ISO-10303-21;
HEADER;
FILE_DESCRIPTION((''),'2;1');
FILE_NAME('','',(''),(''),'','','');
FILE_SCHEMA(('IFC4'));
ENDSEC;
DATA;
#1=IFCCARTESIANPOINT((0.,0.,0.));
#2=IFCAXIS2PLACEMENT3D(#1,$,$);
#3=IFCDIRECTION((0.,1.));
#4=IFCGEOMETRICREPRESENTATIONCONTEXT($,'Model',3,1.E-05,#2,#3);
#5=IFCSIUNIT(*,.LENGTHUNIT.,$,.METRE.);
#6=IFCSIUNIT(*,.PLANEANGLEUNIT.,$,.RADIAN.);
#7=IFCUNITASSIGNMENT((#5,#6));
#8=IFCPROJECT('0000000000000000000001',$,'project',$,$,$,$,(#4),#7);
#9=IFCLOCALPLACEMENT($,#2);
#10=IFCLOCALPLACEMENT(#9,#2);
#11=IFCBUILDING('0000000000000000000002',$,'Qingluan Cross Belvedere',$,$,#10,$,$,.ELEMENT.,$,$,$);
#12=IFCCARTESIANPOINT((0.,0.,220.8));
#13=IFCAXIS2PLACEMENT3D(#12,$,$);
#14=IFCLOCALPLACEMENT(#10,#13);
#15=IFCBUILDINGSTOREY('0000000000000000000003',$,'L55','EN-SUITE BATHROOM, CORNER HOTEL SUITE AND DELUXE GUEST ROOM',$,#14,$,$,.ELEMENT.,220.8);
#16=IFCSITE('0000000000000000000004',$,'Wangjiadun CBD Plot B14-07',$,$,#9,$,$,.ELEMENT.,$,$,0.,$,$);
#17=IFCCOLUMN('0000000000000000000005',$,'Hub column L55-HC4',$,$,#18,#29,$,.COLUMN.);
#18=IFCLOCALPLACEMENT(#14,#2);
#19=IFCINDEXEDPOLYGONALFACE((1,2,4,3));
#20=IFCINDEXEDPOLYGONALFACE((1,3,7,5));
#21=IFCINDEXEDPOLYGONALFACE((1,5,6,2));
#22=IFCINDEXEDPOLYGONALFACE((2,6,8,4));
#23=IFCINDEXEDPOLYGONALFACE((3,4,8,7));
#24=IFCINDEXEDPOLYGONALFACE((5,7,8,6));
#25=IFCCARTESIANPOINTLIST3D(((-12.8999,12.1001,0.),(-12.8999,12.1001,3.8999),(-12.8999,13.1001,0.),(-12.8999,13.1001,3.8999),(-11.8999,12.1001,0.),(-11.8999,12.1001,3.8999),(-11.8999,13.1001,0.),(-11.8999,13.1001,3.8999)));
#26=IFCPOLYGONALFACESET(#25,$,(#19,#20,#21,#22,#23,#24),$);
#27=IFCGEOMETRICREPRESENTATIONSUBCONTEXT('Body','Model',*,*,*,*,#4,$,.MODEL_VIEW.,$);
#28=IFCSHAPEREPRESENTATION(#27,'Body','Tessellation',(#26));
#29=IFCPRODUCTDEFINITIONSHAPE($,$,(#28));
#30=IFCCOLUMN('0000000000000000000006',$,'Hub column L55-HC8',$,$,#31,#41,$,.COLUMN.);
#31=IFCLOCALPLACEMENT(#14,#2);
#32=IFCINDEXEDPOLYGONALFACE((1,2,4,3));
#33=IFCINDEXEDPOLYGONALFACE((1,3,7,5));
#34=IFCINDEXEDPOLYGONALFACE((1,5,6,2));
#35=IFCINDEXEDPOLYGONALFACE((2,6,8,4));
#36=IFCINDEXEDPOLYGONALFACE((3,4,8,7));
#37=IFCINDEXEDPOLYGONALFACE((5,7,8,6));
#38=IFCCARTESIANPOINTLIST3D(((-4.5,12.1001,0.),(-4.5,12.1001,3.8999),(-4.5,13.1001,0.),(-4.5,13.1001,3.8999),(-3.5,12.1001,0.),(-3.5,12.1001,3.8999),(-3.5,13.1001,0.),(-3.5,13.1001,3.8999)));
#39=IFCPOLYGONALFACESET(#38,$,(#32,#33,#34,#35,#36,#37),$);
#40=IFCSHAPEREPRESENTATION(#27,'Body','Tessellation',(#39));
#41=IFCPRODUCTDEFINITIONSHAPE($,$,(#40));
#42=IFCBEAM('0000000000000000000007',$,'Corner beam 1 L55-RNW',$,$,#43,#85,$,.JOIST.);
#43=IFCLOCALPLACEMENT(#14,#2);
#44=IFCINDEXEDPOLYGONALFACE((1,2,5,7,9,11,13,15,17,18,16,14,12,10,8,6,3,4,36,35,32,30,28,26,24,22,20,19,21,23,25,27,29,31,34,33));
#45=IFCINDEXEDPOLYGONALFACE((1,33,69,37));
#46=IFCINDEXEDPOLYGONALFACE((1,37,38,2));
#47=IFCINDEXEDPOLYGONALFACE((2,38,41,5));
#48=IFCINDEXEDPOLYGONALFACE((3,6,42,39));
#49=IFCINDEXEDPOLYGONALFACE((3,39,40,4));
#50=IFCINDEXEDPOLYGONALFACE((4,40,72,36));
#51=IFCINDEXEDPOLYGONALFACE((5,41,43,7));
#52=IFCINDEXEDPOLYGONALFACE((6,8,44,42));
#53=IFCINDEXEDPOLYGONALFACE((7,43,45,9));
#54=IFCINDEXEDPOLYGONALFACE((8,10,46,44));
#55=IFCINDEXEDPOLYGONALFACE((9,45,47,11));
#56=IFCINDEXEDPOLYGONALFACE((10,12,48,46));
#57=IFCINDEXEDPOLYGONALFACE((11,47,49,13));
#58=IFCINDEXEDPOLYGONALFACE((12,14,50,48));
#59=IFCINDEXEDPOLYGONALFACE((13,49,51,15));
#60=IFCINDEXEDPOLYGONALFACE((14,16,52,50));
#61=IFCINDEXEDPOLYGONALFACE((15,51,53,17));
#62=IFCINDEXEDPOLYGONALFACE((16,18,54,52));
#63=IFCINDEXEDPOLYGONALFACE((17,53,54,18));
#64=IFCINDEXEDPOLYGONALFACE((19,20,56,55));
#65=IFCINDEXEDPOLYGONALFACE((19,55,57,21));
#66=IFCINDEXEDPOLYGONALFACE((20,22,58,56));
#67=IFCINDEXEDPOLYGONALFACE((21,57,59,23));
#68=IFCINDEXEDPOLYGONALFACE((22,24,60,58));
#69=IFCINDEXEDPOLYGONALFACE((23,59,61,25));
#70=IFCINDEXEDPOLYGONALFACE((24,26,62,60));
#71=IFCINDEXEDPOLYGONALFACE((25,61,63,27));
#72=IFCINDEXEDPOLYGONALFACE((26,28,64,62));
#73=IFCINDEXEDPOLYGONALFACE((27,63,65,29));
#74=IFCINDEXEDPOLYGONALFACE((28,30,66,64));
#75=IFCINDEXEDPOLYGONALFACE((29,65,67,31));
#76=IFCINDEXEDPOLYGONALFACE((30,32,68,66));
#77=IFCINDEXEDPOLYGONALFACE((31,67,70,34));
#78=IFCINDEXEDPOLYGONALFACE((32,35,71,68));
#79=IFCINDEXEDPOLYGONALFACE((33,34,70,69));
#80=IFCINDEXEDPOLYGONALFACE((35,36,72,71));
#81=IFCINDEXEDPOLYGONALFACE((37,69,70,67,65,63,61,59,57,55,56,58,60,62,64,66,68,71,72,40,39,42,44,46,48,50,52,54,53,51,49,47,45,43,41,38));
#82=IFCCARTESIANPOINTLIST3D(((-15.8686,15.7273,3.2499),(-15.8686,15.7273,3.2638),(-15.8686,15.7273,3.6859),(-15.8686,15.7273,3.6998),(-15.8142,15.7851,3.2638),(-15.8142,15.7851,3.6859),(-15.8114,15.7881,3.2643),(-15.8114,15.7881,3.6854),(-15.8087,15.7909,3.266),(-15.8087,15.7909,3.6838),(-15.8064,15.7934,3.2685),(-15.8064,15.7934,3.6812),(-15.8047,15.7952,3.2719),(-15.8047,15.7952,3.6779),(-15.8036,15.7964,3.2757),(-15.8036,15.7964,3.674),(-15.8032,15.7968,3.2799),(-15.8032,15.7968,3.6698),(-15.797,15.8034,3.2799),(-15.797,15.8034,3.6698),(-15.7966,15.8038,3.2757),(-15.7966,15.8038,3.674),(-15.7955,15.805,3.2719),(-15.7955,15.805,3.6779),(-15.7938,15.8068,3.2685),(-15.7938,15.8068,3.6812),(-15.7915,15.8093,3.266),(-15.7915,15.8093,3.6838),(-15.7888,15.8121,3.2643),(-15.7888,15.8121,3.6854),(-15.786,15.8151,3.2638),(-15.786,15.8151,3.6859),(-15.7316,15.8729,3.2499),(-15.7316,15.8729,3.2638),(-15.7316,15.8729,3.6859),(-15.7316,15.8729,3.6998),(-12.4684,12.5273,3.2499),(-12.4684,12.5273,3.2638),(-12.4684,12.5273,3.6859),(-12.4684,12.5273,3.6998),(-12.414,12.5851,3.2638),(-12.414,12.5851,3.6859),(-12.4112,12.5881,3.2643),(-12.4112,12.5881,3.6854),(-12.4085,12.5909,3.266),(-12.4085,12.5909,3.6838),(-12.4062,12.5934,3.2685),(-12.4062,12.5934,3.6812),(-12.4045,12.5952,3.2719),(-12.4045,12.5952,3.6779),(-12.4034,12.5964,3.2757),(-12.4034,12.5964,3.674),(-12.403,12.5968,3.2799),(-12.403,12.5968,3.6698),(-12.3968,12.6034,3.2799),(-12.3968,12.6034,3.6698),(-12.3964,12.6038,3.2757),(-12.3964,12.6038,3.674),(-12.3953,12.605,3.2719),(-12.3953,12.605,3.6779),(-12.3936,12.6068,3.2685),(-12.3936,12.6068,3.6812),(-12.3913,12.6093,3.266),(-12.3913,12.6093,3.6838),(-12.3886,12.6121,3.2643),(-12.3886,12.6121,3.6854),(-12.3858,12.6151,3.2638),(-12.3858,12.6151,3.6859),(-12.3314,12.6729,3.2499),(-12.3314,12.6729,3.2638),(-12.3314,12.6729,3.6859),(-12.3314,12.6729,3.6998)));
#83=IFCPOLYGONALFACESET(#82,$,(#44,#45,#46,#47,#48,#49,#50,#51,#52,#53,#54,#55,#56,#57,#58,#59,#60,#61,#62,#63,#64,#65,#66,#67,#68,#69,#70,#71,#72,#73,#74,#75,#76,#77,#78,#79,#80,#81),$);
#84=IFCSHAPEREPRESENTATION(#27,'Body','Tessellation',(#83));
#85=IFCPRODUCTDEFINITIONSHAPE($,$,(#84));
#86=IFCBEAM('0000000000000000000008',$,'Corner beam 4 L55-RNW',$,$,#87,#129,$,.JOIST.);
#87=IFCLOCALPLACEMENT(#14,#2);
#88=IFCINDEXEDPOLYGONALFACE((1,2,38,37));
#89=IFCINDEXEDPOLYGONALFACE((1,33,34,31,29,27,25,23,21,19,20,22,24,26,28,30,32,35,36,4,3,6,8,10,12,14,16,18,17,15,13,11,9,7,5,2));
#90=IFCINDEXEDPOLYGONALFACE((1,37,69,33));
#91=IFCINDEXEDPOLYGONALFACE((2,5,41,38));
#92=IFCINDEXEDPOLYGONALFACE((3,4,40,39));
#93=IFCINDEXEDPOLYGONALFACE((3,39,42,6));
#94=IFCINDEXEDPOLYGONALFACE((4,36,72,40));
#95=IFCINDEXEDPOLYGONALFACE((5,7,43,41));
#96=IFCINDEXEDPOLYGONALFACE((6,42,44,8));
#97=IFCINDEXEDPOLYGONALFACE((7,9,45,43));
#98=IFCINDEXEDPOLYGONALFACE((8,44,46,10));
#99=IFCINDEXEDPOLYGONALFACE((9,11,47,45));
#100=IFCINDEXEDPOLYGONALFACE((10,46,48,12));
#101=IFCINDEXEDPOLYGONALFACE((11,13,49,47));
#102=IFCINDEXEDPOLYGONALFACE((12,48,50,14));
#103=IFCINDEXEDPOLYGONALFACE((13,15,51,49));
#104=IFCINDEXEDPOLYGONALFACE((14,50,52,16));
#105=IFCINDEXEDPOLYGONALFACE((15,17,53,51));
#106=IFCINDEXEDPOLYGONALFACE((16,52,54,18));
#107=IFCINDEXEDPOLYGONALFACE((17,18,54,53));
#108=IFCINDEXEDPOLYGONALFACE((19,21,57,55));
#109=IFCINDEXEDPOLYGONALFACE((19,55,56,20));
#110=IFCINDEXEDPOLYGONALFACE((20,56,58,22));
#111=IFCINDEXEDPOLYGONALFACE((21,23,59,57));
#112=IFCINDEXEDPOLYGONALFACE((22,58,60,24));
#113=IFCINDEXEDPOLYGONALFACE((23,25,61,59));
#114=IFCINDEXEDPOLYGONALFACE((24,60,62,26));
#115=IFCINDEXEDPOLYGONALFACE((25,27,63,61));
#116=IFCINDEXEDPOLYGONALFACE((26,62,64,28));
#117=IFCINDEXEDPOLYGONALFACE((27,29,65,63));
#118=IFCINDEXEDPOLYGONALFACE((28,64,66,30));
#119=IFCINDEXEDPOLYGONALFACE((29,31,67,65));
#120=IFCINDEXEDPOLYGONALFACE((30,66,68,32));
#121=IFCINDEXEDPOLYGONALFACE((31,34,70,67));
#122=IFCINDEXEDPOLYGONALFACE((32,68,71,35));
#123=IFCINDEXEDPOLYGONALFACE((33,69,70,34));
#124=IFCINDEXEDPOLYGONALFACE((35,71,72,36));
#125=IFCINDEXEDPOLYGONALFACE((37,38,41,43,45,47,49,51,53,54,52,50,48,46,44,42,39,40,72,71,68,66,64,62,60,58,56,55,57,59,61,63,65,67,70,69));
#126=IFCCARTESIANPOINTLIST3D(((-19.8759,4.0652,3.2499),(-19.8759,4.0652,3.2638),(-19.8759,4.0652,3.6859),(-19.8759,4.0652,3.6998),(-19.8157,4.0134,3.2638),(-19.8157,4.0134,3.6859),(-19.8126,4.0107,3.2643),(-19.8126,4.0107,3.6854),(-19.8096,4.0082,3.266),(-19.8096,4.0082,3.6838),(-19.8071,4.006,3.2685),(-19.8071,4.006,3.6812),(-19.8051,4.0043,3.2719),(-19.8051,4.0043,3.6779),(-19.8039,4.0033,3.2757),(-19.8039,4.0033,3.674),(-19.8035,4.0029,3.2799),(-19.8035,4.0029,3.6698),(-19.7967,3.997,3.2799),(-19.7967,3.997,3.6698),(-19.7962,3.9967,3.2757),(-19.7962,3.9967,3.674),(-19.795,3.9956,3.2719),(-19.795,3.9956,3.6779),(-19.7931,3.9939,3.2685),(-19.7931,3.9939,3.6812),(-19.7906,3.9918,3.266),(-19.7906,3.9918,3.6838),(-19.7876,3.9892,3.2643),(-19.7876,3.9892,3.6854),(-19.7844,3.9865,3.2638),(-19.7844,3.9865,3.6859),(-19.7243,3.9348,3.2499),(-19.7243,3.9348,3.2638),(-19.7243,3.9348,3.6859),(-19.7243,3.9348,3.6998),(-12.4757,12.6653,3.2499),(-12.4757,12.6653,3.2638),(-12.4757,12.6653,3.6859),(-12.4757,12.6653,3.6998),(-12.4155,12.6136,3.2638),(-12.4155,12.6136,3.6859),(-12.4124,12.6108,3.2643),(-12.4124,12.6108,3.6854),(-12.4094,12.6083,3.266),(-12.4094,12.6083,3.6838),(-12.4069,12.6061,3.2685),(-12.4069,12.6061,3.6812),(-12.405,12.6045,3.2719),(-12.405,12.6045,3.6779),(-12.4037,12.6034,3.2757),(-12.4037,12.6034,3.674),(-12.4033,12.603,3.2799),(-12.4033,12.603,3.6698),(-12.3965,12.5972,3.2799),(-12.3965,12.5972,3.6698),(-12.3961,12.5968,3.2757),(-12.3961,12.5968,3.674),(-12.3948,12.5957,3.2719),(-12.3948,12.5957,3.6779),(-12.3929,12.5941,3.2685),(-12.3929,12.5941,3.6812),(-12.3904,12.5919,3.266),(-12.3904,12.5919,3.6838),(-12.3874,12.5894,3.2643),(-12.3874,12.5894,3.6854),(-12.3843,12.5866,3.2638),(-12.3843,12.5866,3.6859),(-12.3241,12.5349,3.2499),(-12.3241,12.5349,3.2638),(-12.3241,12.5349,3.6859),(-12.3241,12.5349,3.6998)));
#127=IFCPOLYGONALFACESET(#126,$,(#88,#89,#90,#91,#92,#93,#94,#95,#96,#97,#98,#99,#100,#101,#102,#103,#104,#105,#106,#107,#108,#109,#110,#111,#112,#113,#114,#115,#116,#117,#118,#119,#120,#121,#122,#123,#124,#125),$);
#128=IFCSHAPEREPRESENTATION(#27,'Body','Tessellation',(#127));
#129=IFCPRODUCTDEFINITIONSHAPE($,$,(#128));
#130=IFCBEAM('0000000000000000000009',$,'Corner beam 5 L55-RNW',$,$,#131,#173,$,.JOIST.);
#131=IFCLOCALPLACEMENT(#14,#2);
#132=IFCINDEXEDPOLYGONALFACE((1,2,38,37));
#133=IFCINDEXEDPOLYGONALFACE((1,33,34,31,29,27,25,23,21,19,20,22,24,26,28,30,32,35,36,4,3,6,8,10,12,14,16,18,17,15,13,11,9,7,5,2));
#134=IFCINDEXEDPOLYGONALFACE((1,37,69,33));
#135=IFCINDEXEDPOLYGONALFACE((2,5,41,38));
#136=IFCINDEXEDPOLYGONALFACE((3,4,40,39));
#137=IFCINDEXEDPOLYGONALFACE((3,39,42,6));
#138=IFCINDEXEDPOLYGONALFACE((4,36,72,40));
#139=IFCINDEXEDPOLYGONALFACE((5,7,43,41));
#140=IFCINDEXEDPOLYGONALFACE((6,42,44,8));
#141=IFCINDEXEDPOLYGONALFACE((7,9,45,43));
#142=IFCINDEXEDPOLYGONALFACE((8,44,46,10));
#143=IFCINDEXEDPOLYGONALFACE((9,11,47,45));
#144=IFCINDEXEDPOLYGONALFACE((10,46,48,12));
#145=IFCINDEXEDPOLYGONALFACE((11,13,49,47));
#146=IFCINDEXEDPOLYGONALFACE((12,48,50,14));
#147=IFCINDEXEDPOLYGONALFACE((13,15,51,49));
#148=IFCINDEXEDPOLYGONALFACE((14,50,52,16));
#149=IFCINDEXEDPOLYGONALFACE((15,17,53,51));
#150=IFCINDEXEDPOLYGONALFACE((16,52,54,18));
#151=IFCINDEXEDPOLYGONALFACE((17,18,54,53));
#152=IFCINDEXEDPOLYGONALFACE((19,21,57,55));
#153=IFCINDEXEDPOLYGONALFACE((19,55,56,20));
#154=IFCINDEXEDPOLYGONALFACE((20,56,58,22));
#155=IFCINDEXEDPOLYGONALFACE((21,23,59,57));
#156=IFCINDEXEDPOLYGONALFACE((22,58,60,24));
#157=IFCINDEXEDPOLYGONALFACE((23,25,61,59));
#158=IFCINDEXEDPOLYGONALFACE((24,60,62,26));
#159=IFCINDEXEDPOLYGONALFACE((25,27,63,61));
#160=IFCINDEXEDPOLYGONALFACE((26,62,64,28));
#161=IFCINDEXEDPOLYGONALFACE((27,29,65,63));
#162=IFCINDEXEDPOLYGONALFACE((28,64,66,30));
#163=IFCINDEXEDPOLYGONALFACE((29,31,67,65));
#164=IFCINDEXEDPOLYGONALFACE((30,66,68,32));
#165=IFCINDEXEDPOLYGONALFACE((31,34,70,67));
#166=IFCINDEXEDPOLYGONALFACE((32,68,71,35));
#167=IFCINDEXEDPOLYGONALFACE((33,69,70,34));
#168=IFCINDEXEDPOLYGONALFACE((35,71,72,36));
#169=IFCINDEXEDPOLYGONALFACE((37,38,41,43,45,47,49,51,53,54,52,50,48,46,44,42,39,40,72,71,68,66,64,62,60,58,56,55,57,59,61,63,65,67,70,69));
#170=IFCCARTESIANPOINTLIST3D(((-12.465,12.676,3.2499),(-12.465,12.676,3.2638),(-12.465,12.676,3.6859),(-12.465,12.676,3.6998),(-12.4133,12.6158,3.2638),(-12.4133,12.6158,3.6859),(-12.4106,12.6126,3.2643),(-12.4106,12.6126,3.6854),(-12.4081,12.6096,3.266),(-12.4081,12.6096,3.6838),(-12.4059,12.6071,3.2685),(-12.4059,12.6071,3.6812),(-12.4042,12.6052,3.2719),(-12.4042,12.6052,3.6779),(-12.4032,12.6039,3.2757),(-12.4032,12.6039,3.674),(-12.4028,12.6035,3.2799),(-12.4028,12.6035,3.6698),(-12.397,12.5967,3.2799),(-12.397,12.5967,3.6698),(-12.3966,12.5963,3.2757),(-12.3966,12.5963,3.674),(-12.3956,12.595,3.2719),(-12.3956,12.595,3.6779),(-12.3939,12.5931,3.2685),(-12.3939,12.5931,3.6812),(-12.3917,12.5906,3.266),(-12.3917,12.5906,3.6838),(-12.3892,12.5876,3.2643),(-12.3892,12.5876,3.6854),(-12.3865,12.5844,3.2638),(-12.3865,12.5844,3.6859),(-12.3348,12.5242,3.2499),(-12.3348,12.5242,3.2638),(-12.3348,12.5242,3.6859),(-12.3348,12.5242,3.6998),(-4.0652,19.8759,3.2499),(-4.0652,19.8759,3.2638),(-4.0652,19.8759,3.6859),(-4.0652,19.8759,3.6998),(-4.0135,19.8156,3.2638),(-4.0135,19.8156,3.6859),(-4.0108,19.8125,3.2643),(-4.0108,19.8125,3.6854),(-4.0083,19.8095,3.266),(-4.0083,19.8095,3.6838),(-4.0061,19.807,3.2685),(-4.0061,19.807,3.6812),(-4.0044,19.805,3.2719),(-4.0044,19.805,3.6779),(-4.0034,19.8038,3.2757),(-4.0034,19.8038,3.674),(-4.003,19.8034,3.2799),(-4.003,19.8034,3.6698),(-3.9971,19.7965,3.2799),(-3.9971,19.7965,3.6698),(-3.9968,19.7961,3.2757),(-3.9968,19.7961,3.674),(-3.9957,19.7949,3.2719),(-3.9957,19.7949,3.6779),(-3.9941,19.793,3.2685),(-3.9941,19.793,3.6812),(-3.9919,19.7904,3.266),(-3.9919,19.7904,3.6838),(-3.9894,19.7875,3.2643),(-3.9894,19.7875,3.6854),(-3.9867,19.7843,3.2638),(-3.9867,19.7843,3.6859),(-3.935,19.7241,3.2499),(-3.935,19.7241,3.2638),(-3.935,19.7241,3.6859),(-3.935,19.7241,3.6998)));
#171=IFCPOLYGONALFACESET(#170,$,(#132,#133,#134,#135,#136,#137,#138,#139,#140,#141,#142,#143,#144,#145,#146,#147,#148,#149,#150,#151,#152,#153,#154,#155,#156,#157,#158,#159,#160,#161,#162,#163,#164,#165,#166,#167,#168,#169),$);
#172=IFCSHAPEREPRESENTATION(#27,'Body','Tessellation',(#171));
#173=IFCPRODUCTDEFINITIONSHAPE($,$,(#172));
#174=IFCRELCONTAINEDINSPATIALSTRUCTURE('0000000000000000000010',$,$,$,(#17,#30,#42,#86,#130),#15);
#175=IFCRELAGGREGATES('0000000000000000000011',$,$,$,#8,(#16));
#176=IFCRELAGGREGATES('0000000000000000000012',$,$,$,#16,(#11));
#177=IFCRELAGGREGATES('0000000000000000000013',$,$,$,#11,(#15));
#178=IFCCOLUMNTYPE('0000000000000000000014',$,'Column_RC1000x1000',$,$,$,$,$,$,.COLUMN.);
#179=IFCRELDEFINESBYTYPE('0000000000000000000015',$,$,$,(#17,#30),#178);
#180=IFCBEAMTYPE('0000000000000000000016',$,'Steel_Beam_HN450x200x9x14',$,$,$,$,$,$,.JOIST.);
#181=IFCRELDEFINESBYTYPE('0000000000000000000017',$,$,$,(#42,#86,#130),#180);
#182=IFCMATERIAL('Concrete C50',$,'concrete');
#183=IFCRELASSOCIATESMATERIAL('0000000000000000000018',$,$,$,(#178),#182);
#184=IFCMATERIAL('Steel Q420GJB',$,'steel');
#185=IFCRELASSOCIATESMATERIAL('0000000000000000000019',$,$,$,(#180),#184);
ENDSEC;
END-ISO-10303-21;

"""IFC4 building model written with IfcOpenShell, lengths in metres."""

from ifc_helpers import new_model, si_unit, direction, frame, origin, origin_2d, place, context, subcontext, project, spatial, rectangle, i_section, extrude, material, material_profile, profile_set, type_object, element, save


model = new_model("IFC4")

# Units and contexts
model_context = context("Model", 3, precision=1e-05, world=origin(), true_north=direction((0.0, 1.0)))
body_context = subcontext(model_context, "Body", "Model", "MODEL_VIEW")
ifc_project = project(units=[si_unit("LENGTHUNIT", "METRE"), si_unit("PLANEANGLEUNIT", "RADIAN")], contexts=[model_context])

# Site, building, storey
site_placement = place(None, origin())
site = spatial("IfcSite", under=ifc_project, at=site_placement, Name="Wangjiadun CBD Plot B14-07", CompositionType="ELEMENT", RefElevation=0.0)
building_placement = place(site_placement, origin())
building = spatial("IfcBuilding", under=site, at=building_placement, Name="Qingluan Cross Belvedere", CompositionType="ELEMENT")
storey_placement = place(building_placement, frame((0.0, 0.0, 220.8)))
storey = spatial("IfcBuildingStorey", under=building, at=storey_placement, Name="L55", Description="EN-SUITE BATHROOM, CORNER HOTEL SUITE AND DELUXE GUEST ROOM", CompositionType="ELEMENT", Elevation=220.8)

# Columns
ifc_material_1 = material(Name="Concrete C50", Category="concrete")
ifc_material_profile_1 = material_profile(ifc_material_1, rectangle(XDim=1.0, YDim=1.0, at=origin_2d()), Name="RC1000x1000")
ifc_profile_set_1 = profile_set([ifc_material_profile_1], Name="Concrete C50")
column_type = type_object("IfcColumnType", Name="Column_RC1000x1000", PredefinedType="COLUMN", material=ifc_profile_set_1)
for number, where, z_axis, x_axis, name in (
    (1, (-12.3999, 12.6001, 0.0), (0.0, 0.0, 1.0), (1.0, 0.0, 0.0), "Hub column L55-HC4"),
    (2, (-4.0, 12.6001, 0.0), (0.0, 0.0, 1.0), (1.0, 0.0, 0.0), "Hub column L55-HC8"),
):
    element("IfcColumn", number, at=place(storey_placement, frame(where, z_axis=z_axis, x_axis=x_axis)), inside=storey, type_object=column_type, Name=name, PredefinedType="COLUMN", context=body_context, shape_type="SweptSolid", body=[
        extrude(rectangle(XDim=1.0, YDim=1.0, at=origin_2d()), origin(), (0.0, 0.0, 1.0), 3.8999),
    ])

# Beams
ifc_material_2 = material(Name="Steel Q420GJB", Category="steel")
ifc_material_profile_2 = material_profile(ifc_material_2, i_section(OverallWidth=0.2, OverallDepth=0.45, WebThickness=0.009, FlangeThickness=0.0139, FilletRadius=0.0161, at=origin_2d()), Name="HN450x200x9x14")
ifc_profile_set_2 = profile_set([ifc_material_profile_2], Name="Steel Q420GJB")
beam_type_1 = type_object("IfcBeamType", Name="Steel_Beam_HN450x200x9x14", PredefinedType="JOIST", material=ifc_profile_set_2)
beam_1_placement = place(storey_placement, frame((-12.3999, 12.6001, 3.4749), z_axis=(-0.72822, 0.685343, 0.0), x_axis=(-0.685343, -0.72822, 0.0)))
element("IfcBeam", 3, at=beam_1_placement, inside=storey, type_object=beam_type_1, Name="Corner beam 1 L55-RNW", PredefinedType="JOIST", context=body_context, shape_type="SweptSolid", body=[
    extrude(i_section(OverallWidth=0.2, OverallDepth=0.45, WebThickness=0.009, FlangeThickness=0.0139, FilletRadius=0.0161, at=origin_2d()), origin(), (0.0, 0.0, 1.0), 4.6692),
])
beam_2_placement = place(storey_placement, frame((-12.3999, 12.6001, 3.4749), z_axis=(-0.652245, -0.758008, 0.0), x_axis=(0.758008, -0.652245, 0.0)))
element("IfcBeam", 4, at=beam_2_placement, inside=storey, type_object=beam_type_1, Name="Corner beam 4 L55-RNW", PredefinedType="JOIST", context=body_context, shape_type="SweptSolid", body=[
    extrude(i_section(OverallWidth=0.2, OverallDepth=0.45, WebThickness=0.009, FlangeThickness=0.0139, FilletRadius=0.0161, at=origin_2d()), origin(), (0.0, 0.0, 1.0), 11.3457),
])
beam_3_placement = place(storey_placement, frame((-12.3999, 12.6001, 3.4749), z_axis=(0.759255, 0.650793, 0.0), x_axis=(-0.650793, 0.759255, 0.0)))
element("IfcBeam", 5, at=beam_3_placement, inside=storey, type_object=beam_type_1, Name="Corner beam 5 L55-RNW", PredefinedType="JOIST", context=body_context, shape_type="SweptSolid", body=[
    extrude(i_section(OverallWidth=0.2, OverallDepth=0.45, WebThickness=0.009, FlangeThickness=0.0139, FilletRadius=0.0161, at=origin_2d()), origin(), (0.0, 0.0, 1.0), 11.0632),
])

save(model, "model.ifc")
